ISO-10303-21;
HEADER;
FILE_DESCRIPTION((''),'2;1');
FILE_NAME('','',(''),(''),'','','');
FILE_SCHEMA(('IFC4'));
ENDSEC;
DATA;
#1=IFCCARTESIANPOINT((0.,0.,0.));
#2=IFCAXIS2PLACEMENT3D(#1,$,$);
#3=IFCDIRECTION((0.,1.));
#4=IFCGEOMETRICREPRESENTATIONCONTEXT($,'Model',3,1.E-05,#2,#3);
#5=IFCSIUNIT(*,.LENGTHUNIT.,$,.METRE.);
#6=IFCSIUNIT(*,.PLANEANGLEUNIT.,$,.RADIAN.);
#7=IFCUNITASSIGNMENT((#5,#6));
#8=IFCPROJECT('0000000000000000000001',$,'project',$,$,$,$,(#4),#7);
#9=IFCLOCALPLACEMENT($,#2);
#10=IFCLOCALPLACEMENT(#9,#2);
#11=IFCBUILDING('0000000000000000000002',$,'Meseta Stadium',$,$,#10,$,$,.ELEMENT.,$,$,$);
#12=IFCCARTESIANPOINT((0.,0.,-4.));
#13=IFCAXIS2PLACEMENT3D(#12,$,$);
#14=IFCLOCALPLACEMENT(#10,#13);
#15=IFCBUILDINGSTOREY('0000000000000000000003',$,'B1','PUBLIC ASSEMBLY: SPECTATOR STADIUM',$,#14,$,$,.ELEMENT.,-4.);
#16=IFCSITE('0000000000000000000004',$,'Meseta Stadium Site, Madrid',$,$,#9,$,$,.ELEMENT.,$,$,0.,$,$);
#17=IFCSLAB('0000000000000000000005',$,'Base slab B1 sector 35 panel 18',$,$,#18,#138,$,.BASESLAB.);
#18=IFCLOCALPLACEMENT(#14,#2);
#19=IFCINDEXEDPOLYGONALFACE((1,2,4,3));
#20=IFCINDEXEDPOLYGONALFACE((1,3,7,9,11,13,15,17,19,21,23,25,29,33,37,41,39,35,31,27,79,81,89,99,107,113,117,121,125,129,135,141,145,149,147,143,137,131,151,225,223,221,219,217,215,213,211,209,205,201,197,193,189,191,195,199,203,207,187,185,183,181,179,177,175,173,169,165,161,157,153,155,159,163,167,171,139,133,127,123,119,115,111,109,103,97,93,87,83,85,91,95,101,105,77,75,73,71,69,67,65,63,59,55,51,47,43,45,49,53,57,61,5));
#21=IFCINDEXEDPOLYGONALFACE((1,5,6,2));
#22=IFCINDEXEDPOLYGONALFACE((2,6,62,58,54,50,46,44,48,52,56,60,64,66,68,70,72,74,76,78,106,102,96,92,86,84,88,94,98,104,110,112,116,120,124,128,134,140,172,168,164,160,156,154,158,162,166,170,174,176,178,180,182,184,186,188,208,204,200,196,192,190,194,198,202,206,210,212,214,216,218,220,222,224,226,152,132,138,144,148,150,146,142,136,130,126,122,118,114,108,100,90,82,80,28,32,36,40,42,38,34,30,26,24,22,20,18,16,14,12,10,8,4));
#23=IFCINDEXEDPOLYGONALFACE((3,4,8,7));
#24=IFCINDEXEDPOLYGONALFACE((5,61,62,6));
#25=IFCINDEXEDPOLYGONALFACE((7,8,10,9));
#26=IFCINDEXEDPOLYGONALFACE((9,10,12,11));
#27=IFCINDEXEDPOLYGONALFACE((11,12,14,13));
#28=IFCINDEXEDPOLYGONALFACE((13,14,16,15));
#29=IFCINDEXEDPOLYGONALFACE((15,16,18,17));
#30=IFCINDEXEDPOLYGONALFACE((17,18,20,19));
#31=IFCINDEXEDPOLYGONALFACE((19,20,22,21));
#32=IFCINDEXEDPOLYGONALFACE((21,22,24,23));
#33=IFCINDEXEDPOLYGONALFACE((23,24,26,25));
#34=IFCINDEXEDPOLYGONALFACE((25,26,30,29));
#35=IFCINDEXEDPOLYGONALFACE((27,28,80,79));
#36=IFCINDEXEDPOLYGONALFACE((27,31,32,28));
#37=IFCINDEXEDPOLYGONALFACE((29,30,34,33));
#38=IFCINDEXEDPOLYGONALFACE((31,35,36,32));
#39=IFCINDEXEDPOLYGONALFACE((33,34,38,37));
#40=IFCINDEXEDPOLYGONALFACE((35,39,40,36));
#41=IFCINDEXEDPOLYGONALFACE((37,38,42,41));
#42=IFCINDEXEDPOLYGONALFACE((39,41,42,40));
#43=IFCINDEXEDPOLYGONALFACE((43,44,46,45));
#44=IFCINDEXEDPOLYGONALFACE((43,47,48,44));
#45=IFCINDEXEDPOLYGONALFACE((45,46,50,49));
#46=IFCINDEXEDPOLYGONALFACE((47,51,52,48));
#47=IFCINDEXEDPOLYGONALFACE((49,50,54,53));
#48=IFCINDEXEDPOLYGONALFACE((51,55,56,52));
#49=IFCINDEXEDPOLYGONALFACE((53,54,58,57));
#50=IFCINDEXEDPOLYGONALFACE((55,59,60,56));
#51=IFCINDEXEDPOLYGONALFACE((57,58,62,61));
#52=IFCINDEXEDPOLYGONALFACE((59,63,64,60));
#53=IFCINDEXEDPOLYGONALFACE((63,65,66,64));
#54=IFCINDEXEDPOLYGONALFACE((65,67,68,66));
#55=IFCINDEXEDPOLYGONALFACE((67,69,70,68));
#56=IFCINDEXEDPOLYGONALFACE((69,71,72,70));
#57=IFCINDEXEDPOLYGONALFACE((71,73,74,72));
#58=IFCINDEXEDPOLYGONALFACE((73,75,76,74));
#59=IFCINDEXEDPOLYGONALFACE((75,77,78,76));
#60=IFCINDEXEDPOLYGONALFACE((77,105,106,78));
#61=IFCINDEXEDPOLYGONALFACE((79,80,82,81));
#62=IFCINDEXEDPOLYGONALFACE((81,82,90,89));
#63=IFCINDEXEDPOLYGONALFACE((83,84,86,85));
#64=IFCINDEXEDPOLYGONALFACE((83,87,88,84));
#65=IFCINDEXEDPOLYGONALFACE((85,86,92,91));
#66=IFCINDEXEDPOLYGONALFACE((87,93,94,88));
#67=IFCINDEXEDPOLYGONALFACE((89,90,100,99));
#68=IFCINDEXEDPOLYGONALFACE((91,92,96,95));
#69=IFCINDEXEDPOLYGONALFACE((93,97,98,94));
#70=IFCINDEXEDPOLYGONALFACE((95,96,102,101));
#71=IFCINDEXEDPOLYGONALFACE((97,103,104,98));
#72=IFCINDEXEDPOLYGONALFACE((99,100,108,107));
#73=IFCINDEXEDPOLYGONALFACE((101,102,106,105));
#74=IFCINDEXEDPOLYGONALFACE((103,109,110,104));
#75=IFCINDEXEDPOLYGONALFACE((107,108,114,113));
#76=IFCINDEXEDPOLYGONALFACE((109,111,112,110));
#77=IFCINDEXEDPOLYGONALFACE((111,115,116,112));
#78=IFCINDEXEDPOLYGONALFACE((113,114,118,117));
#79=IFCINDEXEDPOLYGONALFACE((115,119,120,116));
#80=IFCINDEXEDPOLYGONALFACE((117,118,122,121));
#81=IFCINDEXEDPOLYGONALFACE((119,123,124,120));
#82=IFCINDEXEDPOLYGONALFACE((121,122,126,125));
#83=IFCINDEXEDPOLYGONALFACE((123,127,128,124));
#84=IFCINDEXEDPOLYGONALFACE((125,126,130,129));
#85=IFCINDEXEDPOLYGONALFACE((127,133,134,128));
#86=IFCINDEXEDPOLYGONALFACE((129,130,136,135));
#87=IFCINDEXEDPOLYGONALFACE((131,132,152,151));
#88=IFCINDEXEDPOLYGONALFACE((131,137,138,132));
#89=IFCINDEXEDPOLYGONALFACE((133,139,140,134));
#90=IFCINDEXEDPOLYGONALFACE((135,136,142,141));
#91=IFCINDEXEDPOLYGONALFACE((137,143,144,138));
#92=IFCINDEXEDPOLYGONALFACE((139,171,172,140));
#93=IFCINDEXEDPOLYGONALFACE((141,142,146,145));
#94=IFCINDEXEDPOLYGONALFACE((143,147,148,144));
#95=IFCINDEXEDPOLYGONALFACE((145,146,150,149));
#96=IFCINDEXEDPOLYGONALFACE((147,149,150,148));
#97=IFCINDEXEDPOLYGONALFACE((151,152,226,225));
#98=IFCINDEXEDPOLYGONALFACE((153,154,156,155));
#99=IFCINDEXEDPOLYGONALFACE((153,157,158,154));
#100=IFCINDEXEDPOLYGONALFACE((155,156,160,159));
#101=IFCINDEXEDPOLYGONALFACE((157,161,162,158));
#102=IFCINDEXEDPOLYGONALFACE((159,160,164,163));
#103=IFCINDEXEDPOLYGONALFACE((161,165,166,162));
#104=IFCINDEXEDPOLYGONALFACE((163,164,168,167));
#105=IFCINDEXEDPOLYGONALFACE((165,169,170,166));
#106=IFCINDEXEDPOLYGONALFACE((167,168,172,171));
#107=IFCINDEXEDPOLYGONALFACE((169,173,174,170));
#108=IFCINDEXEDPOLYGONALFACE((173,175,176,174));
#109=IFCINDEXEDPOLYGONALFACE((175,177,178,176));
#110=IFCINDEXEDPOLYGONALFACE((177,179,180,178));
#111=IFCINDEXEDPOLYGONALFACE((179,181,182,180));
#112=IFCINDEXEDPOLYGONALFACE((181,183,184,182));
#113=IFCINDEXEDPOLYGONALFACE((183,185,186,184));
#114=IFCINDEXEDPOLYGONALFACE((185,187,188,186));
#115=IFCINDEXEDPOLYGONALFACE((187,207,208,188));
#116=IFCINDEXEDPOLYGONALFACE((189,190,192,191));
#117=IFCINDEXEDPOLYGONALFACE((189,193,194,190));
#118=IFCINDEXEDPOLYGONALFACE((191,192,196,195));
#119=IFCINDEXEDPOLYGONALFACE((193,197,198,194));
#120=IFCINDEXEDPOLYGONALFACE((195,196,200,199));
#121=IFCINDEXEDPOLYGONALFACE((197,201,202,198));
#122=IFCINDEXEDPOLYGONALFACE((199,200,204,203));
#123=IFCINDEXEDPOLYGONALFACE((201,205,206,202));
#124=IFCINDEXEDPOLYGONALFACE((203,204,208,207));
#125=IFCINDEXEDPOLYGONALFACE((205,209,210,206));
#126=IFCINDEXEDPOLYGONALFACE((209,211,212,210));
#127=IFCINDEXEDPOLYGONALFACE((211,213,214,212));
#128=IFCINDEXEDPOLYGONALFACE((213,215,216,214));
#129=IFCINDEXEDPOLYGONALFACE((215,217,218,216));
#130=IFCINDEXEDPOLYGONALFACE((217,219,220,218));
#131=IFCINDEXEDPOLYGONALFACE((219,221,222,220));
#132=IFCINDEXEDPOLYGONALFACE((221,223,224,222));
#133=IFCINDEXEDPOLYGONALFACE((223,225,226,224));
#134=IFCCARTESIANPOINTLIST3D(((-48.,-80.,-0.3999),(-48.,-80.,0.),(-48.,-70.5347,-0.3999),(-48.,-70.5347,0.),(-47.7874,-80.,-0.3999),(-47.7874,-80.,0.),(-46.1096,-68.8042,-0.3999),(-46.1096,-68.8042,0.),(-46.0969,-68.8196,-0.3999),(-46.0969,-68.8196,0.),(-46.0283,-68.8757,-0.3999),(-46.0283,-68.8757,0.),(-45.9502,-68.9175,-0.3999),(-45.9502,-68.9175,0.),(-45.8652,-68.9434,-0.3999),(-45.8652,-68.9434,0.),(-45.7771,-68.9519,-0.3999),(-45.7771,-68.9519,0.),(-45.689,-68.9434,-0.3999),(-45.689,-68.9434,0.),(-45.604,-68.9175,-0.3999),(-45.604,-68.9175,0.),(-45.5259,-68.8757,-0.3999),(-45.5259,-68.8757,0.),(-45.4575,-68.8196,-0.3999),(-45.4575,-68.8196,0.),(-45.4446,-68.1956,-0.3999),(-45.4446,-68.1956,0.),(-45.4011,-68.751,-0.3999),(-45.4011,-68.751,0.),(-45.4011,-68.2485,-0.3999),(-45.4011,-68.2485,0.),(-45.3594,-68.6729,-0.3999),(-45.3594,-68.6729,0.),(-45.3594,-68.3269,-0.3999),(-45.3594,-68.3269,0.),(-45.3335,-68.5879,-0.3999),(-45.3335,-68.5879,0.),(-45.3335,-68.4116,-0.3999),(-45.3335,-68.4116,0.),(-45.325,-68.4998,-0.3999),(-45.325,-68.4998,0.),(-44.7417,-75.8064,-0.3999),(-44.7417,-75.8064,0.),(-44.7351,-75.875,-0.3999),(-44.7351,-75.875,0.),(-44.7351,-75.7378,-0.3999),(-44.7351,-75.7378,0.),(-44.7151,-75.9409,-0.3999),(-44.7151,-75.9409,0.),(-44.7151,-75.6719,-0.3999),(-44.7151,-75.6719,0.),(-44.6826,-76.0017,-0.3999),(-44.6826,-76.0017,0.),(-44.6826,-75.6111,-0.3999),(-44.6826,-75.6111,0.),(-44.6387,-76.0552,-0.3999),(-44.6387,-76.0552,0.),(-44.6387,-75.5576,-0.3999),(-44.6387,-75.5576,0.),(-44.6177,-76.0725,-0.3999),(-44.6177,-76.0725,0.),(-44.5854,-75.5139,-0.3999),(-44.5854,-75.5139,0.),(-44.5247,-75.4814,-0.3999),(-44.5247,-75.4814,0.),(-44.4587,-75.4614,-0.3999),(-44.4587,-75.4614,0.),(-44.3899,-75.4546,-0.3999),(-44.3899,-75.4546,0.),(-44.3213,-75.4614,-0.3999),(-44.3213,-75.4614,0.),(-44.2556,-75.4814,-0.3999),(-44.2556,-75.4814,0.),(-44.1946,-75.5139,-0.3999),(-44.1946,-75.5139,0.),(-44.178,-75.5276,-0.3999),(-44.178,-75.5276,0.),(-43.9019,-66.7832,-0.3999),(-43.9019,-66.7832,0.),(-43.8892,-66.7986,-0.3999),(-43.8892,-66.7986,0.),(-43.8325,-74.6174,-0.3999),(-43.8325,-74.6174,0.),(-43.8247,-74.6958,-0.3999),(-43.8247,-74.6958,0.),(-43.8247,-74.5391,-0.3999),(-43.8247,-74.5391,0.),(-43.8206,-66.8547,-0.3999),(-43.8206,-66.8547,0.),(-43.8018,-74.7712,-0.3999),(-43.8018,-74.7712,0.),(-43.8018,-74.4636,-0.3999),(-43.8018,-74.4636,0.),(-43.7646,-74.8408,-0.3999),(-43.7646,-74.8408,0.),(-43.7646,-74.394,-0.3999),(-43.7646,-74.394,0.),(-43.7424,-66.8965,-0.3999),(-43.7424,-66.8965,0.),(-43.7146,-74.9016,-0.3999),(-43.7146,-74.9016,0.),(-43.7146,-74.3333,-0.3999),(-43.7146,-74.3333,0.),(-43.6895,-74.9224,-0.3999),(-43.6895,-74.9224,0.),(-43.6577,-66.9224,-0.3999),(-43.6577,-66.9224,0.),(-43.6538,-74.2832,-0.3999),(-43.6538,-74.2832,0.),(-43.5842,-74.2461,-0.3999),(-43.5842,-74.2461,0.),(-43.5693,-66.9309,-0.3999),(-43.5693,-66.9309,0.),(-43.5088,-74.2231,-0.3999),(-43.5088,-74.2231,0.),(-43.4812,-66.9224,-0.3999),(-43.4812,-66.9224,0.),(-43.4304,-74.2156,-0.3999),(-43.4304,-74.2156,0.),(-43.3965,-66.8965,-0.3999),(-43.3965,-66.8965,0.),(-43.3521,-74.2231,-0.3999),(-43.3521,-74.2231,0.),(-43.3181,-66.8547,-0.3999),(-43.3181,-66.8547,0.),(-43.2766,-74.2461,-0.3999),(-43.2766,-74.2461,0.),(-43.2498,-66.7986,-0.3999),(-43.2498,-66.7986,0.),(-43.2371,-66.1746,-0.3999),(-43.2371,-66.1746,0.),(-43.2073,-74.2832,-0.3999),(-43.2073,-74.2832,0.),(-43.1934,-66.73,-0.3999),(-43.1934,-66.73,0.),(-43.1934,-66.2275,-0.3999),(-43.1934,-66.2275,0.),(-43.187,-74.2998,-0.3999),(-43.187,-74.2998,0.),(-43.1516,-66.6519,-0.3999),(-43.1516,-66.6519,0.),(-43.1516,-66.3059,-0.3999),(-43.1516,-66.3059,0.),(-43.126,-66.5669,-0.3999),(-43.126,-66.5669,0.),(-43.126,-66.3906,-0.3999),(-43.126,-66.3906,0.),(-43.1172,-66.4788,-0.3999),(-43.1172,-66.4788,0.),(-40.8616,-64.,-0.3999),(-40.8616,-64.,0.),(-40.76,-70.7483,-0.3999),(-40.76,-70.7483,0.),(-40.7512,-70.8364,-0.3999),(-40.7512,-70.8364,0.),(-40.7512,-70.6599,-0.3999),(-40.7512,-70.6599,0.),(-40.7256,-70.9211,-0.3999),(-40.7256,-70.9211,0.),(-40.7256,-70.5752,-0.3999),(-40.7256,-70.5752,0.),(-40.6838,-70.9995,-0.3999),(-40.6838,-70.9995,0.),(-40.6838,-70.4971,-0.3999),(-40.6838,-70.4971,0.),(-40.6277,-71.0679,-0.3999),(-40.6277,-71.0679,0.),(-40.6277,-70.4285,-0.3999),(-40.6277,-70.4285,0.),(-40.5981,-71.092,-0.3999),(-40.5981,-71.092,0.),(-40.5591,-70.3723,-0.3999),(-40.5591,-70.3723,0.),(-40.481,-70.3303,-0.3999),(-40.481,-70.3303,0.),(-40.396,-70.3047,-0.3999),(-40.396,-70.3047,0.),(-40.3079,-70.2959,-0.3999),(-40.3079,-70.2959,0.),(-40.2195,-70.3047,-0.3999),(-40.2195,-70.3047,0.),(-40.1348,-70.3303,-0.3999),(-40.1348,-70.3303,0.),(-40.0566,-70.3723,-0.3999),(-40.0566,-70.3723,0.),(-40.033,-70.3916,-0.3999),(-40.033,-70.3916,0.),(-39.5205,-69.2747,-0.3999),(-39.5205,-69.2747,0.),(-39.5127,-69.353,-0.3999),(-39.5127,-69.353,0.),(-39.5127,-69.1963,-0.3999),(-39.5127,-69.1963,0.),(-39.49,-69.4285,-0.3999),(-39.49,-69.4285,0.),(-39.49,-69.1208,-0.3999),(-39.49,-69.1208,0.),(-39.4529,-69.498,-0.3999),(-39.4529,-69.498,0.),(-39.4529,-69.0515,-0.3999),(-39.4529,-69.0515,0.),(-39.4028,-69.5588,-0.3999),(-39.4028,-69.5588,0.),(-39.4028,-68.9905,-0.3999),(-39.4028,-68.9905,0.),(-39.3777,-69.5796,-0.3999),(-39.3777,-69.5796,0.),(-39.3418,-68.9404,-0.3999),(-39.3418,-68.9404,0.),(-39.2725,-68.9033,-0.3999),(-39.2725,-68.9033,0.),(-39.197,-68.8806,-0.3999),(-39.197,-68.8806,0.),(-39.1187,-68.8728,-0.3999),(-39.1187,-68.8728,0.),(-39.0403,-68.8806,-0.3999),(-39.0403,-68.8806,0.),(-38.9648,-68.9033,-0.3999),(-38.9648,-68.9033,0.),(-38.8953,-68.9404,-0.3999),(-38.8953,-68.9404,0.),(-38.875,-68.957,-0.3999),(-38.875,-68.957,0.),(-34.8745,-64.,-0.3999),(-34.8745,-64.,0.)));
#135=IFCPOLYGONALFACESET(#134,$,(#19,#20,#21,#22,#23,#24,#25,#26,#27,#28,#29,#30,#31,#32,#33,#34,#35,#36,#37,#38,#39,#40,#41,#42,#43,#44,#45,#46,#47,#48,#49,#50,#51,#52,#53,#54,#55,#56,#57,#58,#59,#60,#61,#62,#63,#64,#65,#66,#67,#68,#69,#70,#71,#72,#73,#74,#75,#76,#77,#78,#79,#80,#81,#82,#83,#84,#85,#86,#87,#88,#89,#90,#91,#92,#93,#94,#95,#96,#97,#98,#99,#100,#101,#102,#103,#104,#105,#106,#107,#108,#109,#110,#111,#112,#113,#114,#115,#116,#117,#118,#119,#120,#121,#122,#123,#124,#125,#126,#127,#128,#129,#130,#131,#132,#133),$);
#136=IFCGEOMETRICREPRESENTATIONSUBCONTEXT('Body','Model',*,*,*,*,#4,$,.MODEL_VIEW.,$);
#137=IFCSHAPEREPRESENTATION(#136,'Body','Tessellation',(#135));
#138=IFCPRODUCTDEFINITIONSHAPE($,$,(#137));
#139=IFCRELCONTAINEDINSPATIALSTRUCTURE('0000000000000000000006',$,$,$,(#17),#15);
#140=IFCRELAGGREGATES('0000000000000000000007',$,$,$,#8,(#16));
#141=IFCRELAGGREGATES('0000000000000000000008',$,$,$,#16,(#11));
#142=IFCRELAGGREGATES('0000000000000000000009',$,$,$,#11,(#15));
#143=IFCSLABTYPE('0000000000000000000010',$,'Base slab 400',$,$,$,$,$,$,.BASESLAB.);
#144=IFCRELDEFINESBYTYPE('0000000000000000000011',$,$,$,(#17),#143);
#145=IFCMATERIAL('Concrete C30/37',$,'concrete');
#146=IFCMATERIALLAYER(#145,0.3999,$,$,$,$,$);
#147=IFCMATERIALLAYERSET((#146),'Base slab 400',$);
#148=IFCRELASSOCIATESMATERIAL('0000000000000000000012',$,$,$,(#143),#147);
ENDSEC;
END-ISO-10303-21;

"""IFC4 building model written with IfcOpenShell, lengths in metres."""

from ifc_helpers import new_model, si_unit, direction, frame, origin, place, context, subcontext, project, spatial, polyline, outline, extrude, material, layer, layer_set, type_object, element, save


model = new_model("IFC4")

# Units and contexts
model_context = context("Model", 3, precision=1e-05, world=origin(), true_north=direction((0.0, 1.0)))
body_context = subcontext(model_context, "Body", "Model", "MODEL_VIEW")
ifc_project = project(units=[si_unit("LENGTHUNIT", "METRE"), si_unit("PLANEANGLEUNIT", "RADIAN")], contexts=[model_context])

# Site, building, storey
site_placement = place(None, origin())
site = spatial("IfcSite", under=ifc_project, at=site_placement, Name="Meseta Stadium Site, Madrid", CompositionType="ELEMENT", RefElevation=0.0)
building_placement = place(site_placement, origin())
building = spatial("IfcBuilding", under=site, at=building_placement, Name="Meseta Stadium", CompositionType="ELEMENT")
storey_placement = place(building_placement, frame((0.0, 0.0, -4.0)))
storey = spatial("IfcBuildingStorey", under=building, at=storey_placement, Name="B1", Description="PUBLIC ASSEMBLY: SPECTATOR STADIUM", CompositionType="ELEMENT", Elevation=-4.0)

# Slab
ifc_material = material(Name="Concrete C30/37", Category="concrete")
ifc_layer = layer(ifc_material, 0.3999)
ifc_layer_set = layer_set([ifc_layer], Name="Base slab 400")
slab_type = type_object("IfcSlabType", Name="Base slab 400", PredefinedType="BASESLAB", material=ifc_layer_set)
slab_1_placement = place(storey_placement, frame((0.0, 0.0, -0.3999)))
element("IfcSlab", 1, at=slab_1_placement, inside=storey, type_object=slab_type, Name="Base slab B1 sector 35 panel 18", PredefinedType="BASESLAB", context=body_context, shape_type="SweptSolid", body=[
    extrude(outline(polyline([(-38.8953, -68.9404), (-38.875, -68.957), (-34.8745, -64.0), (-40.8616, -64.0), (-43.2371, -66.1746), (-43.1934, -66.2275), (-43.1516, -66.3059), (-43.126, -66.3906), (-43.1172, -66.4788), (-43.126, -66.5669), (-43.1516, -66.6519), (-43.1934, -66.73), (-43.2498, -66.7986), (-43.3181, -66.8547), (-43.3965, -66.8965), (-43.4812, -66.9224), (-43.5693, -66.9309), (-43.6577, -66.9224), (-43.7424, -66.8965), (-43.8206, -66.8547), (-43.8892, -66.7986), (-43.9019, -66.7832), (-45.4446, -68.1956), (-45.4011, -68.2485), (-45.3594, -68.3269), (-45.3335, -68.4116), (-45.325, -68.4998), (-45.3335, -68.5879), (-45.3594, -68.6729), (-45.4011, -68.751), (-45.4575, -68.8196), (-45.5259, -68.8757), (-45.604, -68.9175), (-45.689, -68.9434), (-45.7771, -68.9519), (-45.8652, -68.9434), (-45.9502, -68.9175), (-46.0283, -68.8757), (-46.0969, -68.8196), (-46.1096, -68.8042), (-48.0, -70.5347), (-48.0, -80.0), (-47.7874, -80.0), (-44.6177, -76.0725), (-44.6387, -76.0552), (-44.6826, -76.0017), (-44.7151, -75.9409), (-44.7351, -75.875), (-44.7417, -75.8064), (-44.7351, -75.7378), (-44.7151, -75.6719), (-44.6826, -75.6111), (-44.6387, -75.5576), (-44.5854, -75.5139), (-44.5247, -75.4814), (-44.4587, -75.4614), (-44.3899, -75.4546), (-44.3213, -75.4614), (-44.2556, -75.4814), (-44.1946, -75.5139), (-44.178, -75.5276), (-43.6895, -74.9224), (-43.7146, -74.9016), (-43.7646, -74.8408), (-43.8018, -74.7712), (-43.8247, -74.6958), (-43.8325, -74.6174), (-43.8247, -74.5391), (-43.8018, -74.4636), (-43.7646, -74.394), (-43.7146, -74.3333), (-43.6538, -74.2832), (-43.5842, -74.2461), (-43.5088, -74.2231), (-43.4304, -74.2156), (-43.3521, -74.2231), (-43.2766, -74.2461), (-43.2073, -74.2832), (-43.187, -74.2998), (-40.5981, -71.092), (-40.6277, -71.0679), (-40.6838, -70.9995), (-40.7256, -70.9211), (-40.7512, -70.8364), (-40.76, -70.7483), (-40.7512, -70.6599), (-40.7256, -70.5752), (-40.6838, -70.4971), (-40.6277, -70.4285), (-40.5591, -70.3723), (-40.481, -70.3303), (-40.396, -70.3047), (-40.3079, -70.2959), (-40.2195, -70.3047), (-40.1348, -70.3303), (-40.0566, -70.3723), (-40.033, -70.3916), (-39.3777, -69.5796), (-39.4028, -69.5588), (-39.4529, -69.498), (-39.49, -69.4285), (-39.5127, -69.353), (-39.5205, -69.2747), (-39.5127, -69.1963), (-39.49, -69.1208), (-39.4529, -69.0515), (-39.4028, -68.9905), (-39.3418, -68.9404), (-39.2725, -68.9033), (-39.197, -68.8806), (-39.1187, -68.8728), (-39.0403, -68.8806), (-38.9648, -68.9033), (-38.8953, -68.9404)])), origin(), (0.0, 0.0, 1.0), 0.3999),
])

save(model, "model.ifc")
